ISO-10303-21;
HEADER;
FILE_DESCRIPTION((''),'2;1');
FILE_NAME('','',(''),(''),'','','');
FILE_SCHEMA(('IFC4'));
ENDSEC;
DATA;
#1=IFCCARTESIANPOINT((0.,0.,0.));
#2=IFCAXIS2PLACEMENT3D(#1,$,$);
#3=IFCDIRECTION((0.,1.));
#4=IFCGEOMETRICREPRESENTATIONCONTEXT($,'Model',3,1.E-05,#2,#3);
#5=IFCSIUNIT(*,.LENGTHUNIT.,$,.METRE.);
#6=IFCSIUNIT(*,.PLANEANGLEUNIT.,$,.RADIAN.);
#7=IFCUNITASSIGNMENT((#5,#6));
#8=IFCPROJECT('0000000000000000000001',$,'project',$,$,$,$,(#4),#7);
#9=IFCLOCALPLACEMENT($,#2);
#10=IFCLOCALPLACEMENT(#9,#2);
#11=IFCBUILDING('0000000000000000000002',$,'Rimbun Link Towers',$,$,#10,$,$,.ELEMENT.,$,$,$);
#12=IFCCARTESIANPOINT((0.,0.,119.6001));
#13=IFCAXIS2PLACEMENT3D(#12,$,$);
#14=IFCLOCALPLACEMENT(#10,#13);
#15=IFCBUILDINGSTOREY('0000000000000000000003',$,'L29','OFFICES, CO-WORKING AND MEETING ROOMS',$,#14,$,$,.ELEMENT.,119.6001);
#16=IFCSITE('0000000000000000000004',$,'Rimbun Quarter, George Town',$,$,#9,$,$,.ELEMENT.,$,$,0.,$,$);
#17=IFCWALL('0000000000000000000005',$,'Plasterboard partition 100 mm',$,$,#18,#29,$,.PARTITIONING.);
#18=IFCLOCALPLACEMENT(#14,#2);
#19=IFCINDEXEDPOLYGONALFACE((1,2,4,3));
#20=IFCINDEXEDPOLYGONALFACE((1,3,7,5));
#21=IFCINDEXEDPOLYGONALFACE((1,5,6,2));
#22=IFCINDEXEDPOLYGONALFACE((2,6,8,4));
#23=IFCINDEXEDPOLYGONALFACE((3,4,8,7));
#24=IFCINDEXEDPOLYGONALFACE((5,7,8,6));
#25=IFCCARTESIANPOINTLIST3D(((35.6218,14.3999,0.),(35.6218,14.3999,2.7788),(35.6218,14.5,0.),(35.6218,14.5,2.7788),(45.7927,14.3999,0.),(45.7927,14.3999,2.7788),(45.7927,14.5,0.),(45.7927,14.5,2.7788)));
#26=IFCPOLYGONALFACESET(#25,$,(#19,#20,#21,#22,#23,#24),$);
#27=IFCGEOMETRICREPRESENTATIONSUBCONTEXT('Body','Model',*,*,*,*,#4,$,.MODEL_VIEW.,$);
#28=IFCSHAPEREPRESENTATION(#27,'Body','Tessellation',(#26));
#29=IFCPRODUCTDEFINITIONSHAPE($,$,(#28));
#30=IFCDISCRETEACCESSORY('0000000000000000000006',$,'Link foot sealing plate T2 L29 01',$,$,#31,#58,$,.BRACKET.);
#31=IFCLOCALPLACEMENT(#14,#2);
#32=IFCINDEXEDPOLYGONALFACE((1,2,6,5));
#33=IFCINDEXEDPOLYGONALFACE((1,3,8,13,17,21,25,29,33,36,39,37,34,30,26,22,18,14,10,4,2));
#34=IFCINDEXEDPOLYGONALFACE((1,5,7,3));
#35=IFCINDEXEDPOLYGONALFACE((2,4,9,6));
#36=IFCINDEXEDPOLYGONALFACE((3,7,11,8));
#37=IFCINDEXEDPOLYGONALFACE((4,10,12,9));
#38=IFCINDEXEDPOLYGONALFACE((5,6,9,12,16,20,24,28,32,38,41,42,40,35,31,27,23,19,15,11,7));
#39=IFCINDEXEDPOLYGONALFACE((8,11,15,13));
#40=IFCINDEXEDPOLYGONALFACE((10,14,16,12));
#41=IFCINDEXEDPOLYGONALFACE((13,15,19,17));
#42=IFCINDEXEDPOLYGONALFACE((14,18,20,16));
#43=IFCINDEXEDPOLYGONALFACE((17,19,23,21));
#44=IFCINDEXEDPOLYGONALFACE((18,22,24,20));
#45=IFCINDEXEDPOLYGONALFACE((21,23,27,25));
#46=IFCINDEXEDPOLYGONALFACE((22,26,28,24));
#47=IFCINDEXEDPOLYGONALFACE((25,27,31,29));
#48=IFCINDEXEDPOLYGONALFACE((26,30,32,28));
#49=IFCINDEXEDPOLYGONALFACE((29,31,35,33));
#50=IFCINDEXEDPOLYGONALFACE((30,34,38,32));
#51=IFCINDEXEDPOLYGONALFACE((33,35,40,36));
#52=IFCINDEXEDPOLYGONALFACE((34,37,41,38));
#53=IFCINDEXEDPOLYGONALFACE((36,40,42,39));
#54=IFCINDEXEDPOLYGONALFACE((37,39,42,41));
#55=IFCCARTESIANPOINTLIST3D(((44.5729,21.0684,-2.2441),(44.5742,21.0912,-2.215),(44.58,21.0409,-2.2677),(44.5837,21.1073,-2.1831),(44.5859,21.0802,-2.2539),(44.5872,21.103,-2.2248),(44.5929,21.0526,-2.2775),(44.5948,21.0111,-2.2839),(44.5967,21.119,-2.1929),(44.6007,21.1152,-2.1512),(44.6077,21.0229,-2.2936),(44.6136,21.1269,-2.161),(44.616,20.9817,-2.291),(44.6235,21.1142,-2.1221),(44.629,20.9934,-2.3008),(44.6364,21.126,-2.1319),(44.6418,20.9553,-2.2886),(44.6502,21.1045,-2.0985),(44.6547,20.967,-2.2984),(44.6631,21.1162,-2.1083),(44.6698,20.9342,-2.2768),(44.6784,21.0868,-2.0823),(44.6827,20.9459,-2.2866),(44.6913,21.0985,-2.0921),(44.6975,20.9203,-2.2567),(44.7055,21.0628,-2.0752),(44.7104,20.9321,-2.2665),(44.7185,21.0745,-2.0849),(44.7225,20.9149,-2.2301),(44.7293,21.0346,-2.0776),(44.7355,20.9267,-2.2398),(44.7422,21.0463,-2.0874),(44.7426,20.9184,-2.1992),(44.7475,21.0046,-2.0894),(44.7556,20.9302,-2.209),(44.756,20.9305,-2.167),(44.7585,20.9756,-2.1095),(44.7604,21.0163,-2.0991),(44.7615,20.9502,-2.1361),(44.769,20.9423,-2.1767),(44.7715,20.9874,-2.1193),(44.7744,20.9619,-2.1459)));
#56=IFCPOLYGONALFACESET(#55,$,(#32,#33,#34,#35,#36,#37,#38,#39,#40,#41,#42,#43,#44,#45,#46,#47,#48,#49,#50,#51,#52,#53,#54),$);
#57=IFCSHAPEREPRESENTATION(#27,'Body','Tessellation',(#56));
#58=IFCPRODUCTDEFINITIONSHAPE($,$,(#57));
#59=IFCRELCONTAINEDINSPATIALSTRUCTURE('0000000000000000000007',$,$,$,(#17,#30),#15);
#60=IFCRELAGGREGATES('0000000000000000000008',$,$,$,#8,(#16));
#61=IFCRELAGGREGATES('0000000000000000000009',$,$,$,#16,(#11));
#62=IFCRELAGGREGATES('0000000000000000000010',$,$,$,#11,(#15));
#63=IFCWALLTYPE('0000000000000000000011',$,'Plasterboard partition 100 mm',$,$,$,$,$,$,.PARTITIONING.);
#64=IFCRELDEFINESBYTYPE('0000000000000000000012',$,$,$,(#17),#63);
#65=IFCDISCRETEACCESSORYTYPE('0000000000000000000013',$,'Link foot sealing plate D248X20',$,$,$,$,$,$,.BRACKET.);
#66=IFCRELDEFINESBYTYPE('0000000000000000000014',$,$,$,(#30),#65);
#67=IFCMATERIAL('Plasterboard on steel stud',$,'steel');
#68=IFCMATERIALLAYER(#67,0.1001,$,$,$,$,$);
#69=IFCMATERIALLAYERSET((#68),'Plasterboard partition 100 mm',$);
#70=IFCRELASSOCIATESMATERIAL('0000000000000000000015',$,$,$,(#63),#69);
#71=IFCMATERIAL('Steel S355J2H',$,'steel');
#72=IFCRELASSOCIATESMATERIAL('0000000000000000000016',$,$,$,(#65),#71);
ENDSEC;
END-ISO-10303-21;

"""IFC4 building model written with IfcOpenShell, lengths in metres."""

from ifc_helpers import new_model, si_unit, direction, frame, frame_2d, origin, origin_2d, place, context, subcontext, project, spatial, rectangle, circle, extrude, material, layer, layer_set, material_profile, profile_set, type_object, element, save


model = new_model("IFC4")

# Units and contexts
model_context = context("Model", 3, precision=1e-05, world=origin(), true_north=direction((0.0, 1.0)))
body_context = subcontext(model_context, "Body", "Model", "MODEL_VIEW")
ifc_project = project(units=[si_unit("LENGTHUNIT", "METRE"), si_unit("PLANEANGLEUNIT", "RADIAN")], contexts=[model_context])

# Site, building, storey
site_placement = place(None, origin())
site = spatial("IfcSite", under=ifc_project, at=site_placement, Name="Rimbun Quarter, George Town", CompositionType="ELEMENT", RefElevation=0.0)
building_placement = place(site_placement, origin())
building = spatial("IfcBuilding", under=site, at=building_placement, Name="Rimbun Link Towers", CompositionType="ELEMENT")
storey_placement = place(building_placement, frame((0.0, 0.0, 119.6001)))
storey = spatial("IfcBuildingStorey", under=building, at=storey_placement, Name="L29", Description="OFFICES, CO-WORKING AND MEETING ROOMS", CompositionType="ELEMENT", Elevation=119.6001)

# Shared definitions
ifc_material_1 = material(Name="Plasterboard on steel stud", Category="steel")
ifc_layer_1 = layer(ifc_material_1, 0.1001)
ifc_layer_set_1 = layer_set([ifc_layer_1], Name="Plasterboard partition 100 mm")
wall_type = type_object("IfcWallType", Name="Plasterboard partition 100 mm", PredefinedType="PARTITIONING", material=ifc_layer_set_1)

# Wall
wall_1_placement = place(storey_placement, frame((45.7927, 14.45, 0.0), z_axis=(0.0, 0.0, 1.0), x_axis=(-1.0, 0.0, 0.0)))
element("IfcWall", 1, at=wall_1_placement, inside=storey, type_object=wall_type, Name="Plasterboard partition 100 mm", PredefinedType="PARTITIONING", context=body_context, shape_type="SweptSolid", body=[
    extrude(rectangle(XDim=10.1709, YDim=0.1001, at=frame_2d((5.0854, 0.0))), origin(), (0.0, 0.0, 1.0), 2.7788),
])

# Discrete accessory
ifc_material_2 = material(Name="Steel S355J2H", Category="steel")
ifc_material_profile_1 = material_profile(ifc_material_2, circle(Radius=0.124, at=origin_2d()), Name="PL D248")
ifc_profile_set_1 = profile_set([ifc_material_profile_1], Name="Steel S355J2H")
discrete_accessory_type = type_object("IfcDiscreteAccessoryType", Name="Link foot sealing plate D248X20", PredefinedType="BRACKET", material=ifc_profile_set_1)
discrete_accessory_placement = place(storey_placement, frame((44.667, 21.0154, -2.1831), z_axis=(0.646871, 0.585845, -0.488204), x_axis=(-0.671279, 0.741204, 0.0)))
element("IfcDiscreteAccessory", 2, at=discrete_accessory_placement, inside=storey, type_object=discrete_accessory_type, Name="Link foot sealing plate T2 L29 01", PredefinedType="BRACKET", context=body_context, shape_type="SweptSolid", body=[
    extrude(circle(Radius=0.124, at=origin_2d()), origin(), (0.0, 0.0, 1.0), 0.02),
])

save(model, "model.ifc")
